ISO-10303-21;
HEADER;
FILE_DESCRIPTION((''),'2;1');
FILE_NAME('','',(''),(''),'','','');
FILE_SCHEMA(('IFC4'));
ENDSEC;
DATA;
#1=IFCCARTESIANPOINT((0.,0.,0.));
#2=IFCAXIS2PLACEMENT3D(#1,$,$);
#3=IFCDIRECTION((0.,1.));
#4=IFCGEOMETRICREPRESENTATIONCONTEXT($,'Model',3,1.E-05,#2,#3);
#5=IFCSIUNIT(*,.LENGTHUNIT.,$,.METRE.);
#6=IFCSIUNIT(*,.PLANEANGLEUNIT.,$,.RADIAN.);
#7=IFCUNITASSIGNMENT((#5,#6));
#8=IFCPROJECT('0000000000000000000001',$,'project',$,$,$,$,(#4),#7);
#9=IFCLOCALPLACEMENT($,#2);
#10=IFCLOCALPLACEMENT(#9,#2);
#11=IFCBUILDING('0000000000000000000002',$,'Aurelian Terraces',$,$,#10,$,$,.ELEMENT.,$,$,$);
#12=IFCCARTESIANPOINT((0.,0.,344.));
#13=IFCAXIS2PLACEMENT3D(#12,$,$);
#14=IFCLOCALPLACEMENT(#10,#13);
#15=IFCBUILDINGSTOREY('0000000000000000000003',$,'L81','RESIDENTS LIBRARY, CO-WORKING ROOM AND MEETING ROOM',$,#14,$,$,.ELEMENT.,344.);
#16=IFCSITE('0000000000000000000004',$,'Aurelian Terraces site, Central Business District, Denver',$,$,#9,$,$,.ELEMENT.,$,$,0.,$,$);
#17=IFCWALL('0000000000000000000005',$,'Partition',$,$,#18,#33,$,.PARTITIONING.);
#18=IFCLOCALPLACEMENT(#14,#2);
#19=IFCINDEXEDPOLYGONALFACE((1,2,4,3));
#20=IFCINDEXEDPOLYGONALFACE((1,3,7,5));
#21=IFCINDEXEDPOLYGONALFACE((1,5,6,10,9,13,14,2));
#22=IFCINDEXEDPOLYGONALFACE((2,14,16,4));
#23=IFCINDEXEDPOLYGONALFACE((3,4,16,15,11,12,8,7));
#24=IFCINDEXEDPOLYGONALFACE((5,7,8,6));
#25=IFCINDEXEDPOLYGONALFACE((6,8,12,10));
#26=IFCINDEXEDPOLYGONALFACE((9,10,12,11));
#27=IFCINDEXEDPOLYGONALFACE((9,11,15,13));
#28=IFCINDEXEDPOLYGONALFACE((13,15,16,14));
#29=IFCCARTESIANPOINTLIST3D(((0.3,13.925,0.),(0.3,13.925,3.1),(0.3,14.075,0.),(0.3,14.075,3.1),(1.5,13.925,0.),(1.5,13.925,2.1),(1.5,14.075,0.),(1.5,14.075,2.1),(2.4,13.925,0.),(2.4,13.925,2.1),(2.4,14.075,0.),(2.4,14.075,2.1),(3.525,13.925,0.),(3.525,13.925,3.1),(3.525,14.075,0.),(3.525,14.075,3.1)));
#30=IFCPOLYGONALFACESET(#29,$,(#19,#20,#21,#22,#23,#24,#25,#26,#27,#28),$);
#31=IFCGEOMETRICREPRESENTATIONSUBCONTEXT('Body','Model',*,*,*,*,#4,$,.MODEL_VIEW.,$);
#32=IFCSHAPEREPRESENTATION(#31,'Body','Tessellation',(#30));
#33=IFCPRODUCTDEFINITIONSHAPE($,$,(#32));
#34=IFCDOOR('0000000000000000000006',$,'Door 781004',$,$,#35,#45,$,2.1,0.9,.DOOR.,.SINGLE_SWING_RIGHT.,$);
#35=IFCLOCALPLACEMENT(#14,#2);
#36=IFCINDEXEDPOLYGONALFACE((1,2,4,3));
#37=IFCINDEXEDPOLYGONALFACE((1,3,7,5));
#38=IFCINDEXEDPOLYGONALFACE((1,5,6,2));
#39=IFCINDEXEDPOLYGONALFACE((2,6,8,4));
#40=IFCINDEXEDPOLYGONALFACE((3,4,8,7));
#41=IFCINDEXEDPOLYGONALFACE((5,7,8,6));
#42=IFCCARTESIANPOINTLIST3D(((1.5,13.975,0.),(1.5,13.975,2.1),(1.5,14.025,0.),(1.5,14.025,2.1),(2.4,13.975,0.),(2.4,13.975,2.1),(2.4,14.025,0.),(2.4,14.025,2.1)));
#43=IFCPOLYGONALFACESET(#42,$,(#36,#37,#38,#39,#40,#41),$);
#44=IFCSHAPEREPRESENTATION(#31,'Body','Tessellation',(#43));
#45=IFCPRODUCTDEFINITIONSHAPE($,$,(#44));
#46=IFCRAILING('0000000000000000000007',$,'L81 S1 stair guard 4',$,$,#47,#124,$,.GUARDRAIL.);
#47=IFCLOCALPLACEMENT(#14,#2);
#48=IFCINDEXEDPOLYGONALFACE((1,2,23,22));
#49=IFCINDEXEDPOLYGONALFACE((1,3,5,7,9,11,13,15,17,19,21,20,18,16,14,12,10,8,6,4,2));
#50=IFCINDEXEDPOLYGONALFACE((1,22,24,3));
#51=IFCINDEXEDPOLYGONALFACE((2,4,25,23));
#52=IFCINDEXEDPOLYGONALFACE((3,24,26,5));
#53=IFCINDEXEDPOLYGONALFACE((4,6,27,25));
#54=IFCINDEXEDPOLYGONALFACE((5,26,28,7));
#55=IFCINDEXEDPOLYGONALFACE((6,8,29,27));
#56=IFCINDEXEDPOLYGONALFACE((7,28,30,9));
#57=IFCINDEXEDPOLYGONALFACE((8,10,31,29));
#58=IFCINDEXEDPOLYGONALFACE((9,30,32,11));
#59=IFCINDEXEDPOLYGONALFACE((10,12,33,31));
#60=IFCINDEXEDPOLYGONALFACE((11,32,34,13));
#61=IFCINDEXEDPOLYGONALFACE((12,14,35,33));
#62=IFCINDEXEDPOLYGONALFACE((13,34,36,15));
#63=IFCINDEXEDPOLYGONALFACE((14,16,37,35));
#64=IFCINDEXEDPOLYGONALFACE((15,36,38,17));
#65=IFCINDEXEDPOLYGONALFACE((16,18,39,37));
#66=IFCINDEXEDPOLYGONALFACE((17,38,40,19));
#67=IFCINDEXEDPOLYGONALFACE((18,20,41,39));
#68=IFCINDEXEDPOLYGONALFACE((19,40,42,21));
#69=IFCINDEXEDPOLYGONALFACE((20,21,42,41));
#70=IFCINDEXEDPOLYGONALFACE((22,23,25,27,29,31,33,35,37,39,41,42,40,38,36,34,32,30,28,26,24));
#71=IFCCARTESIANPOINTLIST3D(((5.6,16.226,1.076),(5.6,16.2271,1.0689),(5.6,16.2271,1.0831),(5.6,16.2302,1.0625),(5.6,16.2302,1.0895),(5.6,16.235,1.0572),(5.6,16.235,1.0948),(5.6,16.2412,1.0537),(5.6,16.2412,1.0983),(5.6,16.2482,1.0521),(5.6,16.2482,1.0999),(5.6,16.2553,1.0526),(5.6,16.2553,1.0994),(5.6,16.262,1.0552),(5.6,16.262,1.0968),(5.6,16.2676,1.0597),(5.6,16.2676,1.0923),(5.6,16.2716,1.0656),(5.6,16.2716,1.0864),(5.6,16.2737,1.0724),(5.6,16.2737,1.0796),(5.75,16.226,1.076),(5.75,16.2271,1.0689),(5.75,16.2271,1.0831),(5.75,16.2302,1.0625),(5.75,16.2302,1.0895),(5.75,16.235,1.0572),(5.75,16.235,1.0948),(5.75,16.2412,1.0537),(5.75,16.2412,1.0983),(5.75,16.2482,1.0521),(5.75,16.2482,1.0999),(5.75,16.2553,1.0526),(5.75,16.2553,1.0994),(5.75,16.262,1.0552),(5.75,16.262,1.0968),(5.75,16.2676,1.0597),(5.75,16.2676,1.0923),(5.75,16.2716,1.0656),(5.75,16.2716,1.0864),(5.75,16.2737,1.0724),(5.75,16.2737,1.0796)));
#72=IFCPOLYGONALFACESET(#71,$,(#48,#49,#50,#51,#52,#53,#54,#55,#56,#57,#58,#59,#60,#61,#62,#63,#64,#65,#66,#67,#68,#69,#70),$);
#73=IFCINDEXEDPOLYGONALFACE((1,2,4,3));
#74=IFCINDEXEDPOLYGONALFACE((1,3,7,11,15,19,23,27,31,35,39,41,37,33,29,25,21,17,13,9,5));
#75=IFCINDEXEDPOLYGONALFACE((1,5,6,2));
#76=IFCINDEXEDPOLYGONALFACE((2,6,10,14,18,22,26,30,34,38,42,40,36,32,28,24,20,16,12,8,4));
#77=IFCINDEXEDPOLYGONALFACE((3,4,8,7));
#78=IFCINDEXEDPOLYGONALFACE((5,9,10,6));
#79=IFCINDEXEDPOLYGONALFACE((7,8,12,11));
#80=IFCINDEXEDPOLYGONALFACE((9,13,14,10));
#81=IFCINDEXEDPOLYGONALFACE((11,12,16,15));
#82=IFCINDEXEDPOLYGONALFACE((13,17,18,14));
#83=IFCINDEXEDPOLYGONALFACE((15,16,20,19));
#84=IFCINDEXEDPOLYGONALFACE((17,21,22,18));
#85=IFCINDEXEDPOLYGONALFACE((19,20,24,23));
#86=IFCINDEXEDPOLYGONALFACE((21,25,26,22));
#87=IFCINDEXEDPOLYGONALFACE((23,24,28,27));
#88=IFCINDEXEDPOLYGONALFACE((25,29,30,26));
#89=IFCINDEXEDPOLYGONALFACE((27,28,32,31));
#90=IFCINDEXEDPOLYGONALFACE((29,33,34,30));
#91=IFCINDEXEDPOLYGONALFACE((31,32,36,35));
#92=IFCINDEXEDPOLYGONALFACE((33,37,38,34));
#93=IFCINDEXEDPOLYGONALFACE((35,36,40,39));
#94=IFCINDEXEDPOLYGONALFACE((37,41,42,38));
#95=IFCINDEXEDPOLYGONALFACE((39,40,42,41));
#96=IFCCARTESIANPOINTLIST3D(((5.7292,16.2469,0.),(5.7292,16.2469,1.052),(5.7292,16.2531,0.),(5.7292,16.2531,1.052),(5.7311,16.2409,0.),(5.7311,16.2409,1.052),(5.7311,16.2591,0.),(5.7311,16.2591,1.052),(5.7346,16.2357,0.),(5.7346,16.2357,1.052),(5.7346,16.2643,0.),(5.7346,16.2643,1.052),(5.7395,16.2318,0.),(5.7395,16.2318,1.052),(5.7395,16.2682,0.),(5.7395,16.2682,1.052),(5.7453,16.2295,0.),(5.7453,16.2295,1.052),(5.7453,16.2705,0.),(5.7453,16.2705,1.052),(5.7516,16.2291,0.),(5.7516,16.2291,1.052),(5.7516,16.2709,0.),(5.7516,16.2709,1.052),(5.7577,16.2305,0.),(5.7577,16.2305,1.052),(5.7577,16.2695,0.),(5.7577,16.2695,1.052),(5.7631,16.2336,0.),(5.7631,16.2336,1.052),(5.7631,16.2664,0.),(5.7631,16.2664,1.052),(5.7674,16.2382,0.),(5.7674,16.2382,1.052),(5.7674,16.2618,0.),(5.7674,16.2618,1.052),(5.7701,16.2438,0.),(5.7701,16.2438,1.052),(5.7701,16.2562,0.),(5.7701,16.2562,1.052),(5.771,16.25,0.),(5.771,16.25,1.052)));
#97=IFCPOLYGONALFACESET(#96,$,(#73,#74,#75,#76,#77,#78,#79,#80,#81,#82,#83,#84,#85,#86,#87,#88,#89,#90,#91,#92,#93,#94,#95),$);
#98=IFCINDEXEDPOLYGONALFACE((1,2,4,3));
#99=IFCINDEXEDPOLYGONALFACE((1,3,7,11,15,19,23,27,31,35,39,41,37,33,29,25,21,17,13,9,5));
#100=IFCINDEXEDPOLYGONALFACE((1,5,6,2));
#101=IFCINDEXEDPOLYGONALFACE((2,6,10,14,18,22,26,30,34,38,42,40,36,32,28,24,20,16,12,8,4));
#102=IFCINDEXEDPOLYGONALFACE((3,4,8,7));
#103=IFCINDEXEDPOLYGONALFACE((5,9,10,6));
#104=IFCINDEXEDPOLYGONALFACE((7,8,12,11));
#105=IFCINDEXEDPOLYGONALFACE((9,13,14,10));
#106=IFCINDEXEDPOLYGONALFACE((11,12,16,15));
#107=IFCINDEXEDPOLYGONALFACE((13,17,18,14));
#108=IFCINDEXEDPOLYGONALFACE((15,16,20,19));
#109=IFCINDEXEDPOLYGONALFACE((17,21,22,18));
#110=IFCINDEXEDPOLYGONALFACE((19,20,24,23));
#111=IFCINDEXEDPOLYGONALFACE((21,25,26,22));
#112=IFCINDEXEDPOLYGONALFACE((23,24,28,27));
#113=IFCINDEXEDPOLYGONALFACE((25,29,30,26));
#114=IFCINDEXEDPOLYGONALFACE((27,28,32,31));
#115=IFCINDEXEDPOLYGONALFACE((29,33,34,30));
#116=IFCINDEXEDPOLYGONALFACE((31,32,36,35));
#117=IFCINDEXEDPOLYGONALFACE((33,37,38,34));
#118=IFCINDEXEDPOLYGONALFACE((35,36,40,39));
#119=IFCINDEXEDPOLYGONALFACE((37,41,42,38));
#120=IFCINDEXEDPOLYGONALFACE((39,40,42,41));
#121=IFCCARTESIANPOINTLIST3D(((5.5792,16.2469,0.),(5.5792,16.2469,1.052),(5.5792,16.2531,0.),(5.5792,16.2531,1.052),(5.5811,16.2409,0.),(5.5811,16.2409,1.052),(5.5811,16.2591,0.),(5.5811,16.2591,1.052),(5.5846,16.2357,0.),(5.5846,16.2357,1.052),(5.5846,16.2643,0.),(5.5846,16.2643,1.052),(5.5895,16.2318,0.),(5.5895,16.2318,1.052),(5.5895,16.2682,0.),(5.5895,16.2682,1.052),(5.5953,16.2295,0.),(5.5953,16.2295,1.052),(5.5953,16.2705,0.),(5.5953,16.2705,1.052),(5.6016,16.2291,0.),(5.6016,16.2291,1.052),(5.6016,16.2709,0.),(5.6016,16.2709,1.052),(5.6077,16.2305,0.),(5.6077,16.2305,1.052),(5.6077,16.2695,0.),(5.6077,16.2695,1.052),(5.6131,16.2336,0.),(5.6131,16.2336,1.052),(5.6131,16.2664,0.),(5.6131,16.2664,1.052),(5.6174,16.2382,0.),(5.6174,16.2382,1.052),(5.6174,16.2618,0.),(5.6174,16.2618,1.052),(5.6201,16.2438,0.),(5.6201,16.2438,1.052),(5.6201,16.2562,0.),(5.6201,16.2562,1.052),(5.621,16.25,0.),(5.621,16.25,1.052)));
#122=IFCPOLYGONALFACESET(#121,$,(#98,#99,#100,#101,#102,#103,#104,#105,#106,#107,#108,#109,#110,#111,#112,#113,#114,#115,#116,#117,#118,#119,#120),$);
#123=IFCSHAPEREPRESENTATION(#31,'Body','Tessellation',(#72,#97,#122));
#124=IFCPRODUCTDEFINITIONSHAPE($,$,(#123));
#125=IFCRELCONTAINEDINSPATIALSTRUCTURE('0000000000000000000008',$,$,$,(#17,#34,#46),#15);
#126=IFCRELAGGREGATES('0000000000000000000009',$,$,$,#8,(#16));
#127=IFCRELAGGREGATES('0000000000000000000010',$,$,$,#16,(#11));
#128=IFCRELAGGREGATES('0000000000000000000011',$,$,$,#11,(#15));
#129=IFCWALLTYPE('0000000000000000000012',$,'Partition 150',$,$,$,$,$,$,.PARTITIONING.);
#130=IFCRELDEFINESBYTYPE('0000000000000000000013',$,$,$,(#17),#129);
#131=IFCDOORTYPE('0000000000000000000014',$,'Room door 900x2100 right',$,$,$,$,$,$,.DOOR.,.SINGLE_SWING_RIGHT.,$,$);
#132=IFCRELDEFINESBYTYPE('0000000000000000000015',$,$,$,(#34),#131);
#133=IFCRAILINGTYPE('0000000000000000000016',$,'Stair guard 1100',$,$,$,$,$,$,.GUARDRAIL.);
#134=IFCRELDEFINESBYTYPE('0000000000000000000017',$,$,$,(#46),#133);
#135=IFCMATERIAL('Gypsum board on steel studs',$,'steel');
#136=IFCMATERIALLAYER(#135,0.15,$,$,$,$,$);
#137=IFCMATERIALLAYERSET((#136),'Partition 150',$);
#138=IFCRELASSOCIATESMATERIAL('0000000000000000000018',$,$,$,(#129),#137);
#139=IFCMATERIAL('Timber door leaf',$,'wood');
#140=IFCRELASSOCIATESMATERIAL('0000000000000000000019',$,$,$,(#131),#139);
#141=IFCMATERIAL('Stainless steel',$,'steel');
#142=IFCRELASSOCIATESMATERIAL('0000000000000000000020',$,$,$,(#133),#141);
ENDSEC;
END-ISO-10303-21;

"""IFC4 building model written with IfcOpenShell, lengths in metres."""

from ifc_helpers import new_model, si_unit, direction, frame, frame_2d, origin, origin_2d, place, context, subcontext, project, spatial, rectangle, circle, extrude, source, transform, mapped, material, layer, layer_set, type_object, element, fill, save


model = new_model("IFC4")

# Units and contexts
model_context = context("Model", 3, precision=1e-05, world=origin(), true_north=direction((0.0, 1.0)))
body_context = subcontext(model_context, "Body", "Model", "MODEL_VIEW")
ifc_project = project(units=[si_unit("LENGTHUNIT", "METRE"), si_unit("PLANEANGLEUNIT", "RADIAN")], contexts=[model_context])

# Site, building, storey
site_placement = place(None, origin())
site = spatial("IfcSite", under=ifc_project, at=site_placement, Name="Aurelian Terraces site, Central Business District, Denver", CompositionType="ELEMENT", RefElevation=0.0)
building_placement = place(site_placement, origin())
building = spatial("IfcBuilding", under=site, at=building_placement, Name="Aurelian Terraces", CompositionType="ELEMENT")
storey_placement = place(building_placement, frame((0.0, 0.0, 344.0)))
storey = spatial("IfcBuildingStorey", under=building, at=storey_placement, Name="L81", Description="RESIDENTS LIBRARY, CO-WORKING ROOM AND MEETING ROOM", CompositionType="ELEMENT", Elevation=344.0)

# Shared definitions
ifc_material_1 = material(Name="Gypsum board on steel studs", Category="steel")

# Wall, opening, door
ifc_layer_1 = layer(ifc_material_1, 0.15)
ifc_layer_set_1 = layer_set([ifc_layer_1], Name="Partition 150")
wall_type_1 = type_object("IfcWallType", Name="Partition 150", PredefinedType="PARTITIONING", material=ifc_layer_set_1)
shared_shape_1 = source(origin(), body_context, "Body", "SweptSolid", [
    extrude(rectangle(XDim=3.225, YDim=0.15, at=frame_2d((1.6125, 0.0))), origin(), (0.0, 0.0, 1.0), 3.1),
])
wall_1_placement = place(storey_placement, frame((0.3, 14.0, 0.0), z_axis=(0.0, 0.0, 1.0), x_axis=(1.0, 0.0, 0.0)))
wall_1 = element("IfcWall", 1, at=wall_1_placement, inside=storey, type_object=wall_type_1, Name="Partition", PredefinedType="PARTITIONING", context=body_context, shape_type="MappedRepresentation", body=[
    mapped(shared_shape_1, transform((0.0, 0.0, 0.0), scale=1.0)),
])
shared_shape_2 = source(origin(), body_context, "Body", "SweptSolid", [
    extrude(rectangle(XDim=0.9, YDim=2.1, at=frame_2d((0.45, 1.05))), frame((0.0, 0.085, 0.0), z_axis=(0.0, -1.0, 0.0), x_axis=(1.0, 0.0, 0.0)), (0.0, 0.0, 1.0), 0.17),
])
opening_1_placement = place(wall_1_placement, frame((1.2, 0.0, 0.0)))
opening_1 = element("IfcOpeningElement", 2, at=opening_1_placement, cuts=wall_1, PredefinedType="OPENING", context=body_context, shape_type="MappedRepresentation", body=[
    mapped(shared_shape_2, transform((0.0, 0.0, 0.0), scale=1.0)),
])
ifc_material_2 = material(Name="Timber door leaf", Category="wood")
door_type_1 = type_object("IfcDoorType", Name="Room door 900x2100 right", OperationType="SINGLE_SWING_RIGHT", PredefinedType="DOOR", material=ifc_material_2)
shared_shape_3 = source(origin(), body_context, "Body", "SweptSolid", [
    extrude(rectangle(XDim=0.9, YDim=2.1, at=frame_2d((0.45, 1.05))), frame((0.0, 0.025, 0.0), z_axis=(0.0, -1.0, 0.0), x_axis=(1.0, 0.0, 0.0)), (0.0, 0.0, 1.0), 0.05),
])
door_1_placement = place(opening_1_placement, origin())
door_1 = element("IfcDoor", 3, at=door_1_placement, inside=storey, type_object=door_type_1, Name="Door 781004", OperationType="SINGLE_SWING_RIGHT", OverallHeight=2.1, OverallWidth=0.9, PredefinedType="DOOR", context=body_context, shape_type="MappedRepresentation", body=[
    mapped(shared_shape_3, transform((0.0, 0.0, 0.0), scale=1.0)),
])
fill(opening_1, door_1)

# Railing
ifc_material_3 = material(Name="Stainless steel", Category="steel")
railing_type = type_object("IfcRailingType", Name="Stair guard 1100", PredefinedType="GUARDRAIL", material=ifc_material_3)
shared_shape_4 = source(origin(), body_context, "Body", "SweptSolid", [
    extrude(circle(Radius=0.024, at=origin_2d()), frame((0.0, 0.0, 1.076), z_axis=(-1.0, 0.0, 0.0), x_axis=(0.0, -1.0, 0.0)), (0.0, 0.0, 1.0), 0.15),
    extrude(circle(Radius=0.021, at=origin_2d()), origin(), (0.0, 0.0, 1.0), 1.052),
    extrude(circle(Radius=0.021, at=origin_2d()), frame((-0.15, 0.0, 0.0)), (0.0, 0.0, 1.0), 1.052),
])
railing_1_placement = place(storey_placement, frame((5.75, 16.25, 0.0)))
element("IfcRailing", 4, at=railing_1_placement, inside=storey, type_object=railing_type, Name="L81 S1 stair guard 4", PredefinedType="GUARDRAIL", context=body_context, shape_type="MappedRepresentation", body=[
    mapped(shared_shape_4, transform((0.0, 0.0, 0.0), scale=1.0)),
])

save(model, "model.ifc")
